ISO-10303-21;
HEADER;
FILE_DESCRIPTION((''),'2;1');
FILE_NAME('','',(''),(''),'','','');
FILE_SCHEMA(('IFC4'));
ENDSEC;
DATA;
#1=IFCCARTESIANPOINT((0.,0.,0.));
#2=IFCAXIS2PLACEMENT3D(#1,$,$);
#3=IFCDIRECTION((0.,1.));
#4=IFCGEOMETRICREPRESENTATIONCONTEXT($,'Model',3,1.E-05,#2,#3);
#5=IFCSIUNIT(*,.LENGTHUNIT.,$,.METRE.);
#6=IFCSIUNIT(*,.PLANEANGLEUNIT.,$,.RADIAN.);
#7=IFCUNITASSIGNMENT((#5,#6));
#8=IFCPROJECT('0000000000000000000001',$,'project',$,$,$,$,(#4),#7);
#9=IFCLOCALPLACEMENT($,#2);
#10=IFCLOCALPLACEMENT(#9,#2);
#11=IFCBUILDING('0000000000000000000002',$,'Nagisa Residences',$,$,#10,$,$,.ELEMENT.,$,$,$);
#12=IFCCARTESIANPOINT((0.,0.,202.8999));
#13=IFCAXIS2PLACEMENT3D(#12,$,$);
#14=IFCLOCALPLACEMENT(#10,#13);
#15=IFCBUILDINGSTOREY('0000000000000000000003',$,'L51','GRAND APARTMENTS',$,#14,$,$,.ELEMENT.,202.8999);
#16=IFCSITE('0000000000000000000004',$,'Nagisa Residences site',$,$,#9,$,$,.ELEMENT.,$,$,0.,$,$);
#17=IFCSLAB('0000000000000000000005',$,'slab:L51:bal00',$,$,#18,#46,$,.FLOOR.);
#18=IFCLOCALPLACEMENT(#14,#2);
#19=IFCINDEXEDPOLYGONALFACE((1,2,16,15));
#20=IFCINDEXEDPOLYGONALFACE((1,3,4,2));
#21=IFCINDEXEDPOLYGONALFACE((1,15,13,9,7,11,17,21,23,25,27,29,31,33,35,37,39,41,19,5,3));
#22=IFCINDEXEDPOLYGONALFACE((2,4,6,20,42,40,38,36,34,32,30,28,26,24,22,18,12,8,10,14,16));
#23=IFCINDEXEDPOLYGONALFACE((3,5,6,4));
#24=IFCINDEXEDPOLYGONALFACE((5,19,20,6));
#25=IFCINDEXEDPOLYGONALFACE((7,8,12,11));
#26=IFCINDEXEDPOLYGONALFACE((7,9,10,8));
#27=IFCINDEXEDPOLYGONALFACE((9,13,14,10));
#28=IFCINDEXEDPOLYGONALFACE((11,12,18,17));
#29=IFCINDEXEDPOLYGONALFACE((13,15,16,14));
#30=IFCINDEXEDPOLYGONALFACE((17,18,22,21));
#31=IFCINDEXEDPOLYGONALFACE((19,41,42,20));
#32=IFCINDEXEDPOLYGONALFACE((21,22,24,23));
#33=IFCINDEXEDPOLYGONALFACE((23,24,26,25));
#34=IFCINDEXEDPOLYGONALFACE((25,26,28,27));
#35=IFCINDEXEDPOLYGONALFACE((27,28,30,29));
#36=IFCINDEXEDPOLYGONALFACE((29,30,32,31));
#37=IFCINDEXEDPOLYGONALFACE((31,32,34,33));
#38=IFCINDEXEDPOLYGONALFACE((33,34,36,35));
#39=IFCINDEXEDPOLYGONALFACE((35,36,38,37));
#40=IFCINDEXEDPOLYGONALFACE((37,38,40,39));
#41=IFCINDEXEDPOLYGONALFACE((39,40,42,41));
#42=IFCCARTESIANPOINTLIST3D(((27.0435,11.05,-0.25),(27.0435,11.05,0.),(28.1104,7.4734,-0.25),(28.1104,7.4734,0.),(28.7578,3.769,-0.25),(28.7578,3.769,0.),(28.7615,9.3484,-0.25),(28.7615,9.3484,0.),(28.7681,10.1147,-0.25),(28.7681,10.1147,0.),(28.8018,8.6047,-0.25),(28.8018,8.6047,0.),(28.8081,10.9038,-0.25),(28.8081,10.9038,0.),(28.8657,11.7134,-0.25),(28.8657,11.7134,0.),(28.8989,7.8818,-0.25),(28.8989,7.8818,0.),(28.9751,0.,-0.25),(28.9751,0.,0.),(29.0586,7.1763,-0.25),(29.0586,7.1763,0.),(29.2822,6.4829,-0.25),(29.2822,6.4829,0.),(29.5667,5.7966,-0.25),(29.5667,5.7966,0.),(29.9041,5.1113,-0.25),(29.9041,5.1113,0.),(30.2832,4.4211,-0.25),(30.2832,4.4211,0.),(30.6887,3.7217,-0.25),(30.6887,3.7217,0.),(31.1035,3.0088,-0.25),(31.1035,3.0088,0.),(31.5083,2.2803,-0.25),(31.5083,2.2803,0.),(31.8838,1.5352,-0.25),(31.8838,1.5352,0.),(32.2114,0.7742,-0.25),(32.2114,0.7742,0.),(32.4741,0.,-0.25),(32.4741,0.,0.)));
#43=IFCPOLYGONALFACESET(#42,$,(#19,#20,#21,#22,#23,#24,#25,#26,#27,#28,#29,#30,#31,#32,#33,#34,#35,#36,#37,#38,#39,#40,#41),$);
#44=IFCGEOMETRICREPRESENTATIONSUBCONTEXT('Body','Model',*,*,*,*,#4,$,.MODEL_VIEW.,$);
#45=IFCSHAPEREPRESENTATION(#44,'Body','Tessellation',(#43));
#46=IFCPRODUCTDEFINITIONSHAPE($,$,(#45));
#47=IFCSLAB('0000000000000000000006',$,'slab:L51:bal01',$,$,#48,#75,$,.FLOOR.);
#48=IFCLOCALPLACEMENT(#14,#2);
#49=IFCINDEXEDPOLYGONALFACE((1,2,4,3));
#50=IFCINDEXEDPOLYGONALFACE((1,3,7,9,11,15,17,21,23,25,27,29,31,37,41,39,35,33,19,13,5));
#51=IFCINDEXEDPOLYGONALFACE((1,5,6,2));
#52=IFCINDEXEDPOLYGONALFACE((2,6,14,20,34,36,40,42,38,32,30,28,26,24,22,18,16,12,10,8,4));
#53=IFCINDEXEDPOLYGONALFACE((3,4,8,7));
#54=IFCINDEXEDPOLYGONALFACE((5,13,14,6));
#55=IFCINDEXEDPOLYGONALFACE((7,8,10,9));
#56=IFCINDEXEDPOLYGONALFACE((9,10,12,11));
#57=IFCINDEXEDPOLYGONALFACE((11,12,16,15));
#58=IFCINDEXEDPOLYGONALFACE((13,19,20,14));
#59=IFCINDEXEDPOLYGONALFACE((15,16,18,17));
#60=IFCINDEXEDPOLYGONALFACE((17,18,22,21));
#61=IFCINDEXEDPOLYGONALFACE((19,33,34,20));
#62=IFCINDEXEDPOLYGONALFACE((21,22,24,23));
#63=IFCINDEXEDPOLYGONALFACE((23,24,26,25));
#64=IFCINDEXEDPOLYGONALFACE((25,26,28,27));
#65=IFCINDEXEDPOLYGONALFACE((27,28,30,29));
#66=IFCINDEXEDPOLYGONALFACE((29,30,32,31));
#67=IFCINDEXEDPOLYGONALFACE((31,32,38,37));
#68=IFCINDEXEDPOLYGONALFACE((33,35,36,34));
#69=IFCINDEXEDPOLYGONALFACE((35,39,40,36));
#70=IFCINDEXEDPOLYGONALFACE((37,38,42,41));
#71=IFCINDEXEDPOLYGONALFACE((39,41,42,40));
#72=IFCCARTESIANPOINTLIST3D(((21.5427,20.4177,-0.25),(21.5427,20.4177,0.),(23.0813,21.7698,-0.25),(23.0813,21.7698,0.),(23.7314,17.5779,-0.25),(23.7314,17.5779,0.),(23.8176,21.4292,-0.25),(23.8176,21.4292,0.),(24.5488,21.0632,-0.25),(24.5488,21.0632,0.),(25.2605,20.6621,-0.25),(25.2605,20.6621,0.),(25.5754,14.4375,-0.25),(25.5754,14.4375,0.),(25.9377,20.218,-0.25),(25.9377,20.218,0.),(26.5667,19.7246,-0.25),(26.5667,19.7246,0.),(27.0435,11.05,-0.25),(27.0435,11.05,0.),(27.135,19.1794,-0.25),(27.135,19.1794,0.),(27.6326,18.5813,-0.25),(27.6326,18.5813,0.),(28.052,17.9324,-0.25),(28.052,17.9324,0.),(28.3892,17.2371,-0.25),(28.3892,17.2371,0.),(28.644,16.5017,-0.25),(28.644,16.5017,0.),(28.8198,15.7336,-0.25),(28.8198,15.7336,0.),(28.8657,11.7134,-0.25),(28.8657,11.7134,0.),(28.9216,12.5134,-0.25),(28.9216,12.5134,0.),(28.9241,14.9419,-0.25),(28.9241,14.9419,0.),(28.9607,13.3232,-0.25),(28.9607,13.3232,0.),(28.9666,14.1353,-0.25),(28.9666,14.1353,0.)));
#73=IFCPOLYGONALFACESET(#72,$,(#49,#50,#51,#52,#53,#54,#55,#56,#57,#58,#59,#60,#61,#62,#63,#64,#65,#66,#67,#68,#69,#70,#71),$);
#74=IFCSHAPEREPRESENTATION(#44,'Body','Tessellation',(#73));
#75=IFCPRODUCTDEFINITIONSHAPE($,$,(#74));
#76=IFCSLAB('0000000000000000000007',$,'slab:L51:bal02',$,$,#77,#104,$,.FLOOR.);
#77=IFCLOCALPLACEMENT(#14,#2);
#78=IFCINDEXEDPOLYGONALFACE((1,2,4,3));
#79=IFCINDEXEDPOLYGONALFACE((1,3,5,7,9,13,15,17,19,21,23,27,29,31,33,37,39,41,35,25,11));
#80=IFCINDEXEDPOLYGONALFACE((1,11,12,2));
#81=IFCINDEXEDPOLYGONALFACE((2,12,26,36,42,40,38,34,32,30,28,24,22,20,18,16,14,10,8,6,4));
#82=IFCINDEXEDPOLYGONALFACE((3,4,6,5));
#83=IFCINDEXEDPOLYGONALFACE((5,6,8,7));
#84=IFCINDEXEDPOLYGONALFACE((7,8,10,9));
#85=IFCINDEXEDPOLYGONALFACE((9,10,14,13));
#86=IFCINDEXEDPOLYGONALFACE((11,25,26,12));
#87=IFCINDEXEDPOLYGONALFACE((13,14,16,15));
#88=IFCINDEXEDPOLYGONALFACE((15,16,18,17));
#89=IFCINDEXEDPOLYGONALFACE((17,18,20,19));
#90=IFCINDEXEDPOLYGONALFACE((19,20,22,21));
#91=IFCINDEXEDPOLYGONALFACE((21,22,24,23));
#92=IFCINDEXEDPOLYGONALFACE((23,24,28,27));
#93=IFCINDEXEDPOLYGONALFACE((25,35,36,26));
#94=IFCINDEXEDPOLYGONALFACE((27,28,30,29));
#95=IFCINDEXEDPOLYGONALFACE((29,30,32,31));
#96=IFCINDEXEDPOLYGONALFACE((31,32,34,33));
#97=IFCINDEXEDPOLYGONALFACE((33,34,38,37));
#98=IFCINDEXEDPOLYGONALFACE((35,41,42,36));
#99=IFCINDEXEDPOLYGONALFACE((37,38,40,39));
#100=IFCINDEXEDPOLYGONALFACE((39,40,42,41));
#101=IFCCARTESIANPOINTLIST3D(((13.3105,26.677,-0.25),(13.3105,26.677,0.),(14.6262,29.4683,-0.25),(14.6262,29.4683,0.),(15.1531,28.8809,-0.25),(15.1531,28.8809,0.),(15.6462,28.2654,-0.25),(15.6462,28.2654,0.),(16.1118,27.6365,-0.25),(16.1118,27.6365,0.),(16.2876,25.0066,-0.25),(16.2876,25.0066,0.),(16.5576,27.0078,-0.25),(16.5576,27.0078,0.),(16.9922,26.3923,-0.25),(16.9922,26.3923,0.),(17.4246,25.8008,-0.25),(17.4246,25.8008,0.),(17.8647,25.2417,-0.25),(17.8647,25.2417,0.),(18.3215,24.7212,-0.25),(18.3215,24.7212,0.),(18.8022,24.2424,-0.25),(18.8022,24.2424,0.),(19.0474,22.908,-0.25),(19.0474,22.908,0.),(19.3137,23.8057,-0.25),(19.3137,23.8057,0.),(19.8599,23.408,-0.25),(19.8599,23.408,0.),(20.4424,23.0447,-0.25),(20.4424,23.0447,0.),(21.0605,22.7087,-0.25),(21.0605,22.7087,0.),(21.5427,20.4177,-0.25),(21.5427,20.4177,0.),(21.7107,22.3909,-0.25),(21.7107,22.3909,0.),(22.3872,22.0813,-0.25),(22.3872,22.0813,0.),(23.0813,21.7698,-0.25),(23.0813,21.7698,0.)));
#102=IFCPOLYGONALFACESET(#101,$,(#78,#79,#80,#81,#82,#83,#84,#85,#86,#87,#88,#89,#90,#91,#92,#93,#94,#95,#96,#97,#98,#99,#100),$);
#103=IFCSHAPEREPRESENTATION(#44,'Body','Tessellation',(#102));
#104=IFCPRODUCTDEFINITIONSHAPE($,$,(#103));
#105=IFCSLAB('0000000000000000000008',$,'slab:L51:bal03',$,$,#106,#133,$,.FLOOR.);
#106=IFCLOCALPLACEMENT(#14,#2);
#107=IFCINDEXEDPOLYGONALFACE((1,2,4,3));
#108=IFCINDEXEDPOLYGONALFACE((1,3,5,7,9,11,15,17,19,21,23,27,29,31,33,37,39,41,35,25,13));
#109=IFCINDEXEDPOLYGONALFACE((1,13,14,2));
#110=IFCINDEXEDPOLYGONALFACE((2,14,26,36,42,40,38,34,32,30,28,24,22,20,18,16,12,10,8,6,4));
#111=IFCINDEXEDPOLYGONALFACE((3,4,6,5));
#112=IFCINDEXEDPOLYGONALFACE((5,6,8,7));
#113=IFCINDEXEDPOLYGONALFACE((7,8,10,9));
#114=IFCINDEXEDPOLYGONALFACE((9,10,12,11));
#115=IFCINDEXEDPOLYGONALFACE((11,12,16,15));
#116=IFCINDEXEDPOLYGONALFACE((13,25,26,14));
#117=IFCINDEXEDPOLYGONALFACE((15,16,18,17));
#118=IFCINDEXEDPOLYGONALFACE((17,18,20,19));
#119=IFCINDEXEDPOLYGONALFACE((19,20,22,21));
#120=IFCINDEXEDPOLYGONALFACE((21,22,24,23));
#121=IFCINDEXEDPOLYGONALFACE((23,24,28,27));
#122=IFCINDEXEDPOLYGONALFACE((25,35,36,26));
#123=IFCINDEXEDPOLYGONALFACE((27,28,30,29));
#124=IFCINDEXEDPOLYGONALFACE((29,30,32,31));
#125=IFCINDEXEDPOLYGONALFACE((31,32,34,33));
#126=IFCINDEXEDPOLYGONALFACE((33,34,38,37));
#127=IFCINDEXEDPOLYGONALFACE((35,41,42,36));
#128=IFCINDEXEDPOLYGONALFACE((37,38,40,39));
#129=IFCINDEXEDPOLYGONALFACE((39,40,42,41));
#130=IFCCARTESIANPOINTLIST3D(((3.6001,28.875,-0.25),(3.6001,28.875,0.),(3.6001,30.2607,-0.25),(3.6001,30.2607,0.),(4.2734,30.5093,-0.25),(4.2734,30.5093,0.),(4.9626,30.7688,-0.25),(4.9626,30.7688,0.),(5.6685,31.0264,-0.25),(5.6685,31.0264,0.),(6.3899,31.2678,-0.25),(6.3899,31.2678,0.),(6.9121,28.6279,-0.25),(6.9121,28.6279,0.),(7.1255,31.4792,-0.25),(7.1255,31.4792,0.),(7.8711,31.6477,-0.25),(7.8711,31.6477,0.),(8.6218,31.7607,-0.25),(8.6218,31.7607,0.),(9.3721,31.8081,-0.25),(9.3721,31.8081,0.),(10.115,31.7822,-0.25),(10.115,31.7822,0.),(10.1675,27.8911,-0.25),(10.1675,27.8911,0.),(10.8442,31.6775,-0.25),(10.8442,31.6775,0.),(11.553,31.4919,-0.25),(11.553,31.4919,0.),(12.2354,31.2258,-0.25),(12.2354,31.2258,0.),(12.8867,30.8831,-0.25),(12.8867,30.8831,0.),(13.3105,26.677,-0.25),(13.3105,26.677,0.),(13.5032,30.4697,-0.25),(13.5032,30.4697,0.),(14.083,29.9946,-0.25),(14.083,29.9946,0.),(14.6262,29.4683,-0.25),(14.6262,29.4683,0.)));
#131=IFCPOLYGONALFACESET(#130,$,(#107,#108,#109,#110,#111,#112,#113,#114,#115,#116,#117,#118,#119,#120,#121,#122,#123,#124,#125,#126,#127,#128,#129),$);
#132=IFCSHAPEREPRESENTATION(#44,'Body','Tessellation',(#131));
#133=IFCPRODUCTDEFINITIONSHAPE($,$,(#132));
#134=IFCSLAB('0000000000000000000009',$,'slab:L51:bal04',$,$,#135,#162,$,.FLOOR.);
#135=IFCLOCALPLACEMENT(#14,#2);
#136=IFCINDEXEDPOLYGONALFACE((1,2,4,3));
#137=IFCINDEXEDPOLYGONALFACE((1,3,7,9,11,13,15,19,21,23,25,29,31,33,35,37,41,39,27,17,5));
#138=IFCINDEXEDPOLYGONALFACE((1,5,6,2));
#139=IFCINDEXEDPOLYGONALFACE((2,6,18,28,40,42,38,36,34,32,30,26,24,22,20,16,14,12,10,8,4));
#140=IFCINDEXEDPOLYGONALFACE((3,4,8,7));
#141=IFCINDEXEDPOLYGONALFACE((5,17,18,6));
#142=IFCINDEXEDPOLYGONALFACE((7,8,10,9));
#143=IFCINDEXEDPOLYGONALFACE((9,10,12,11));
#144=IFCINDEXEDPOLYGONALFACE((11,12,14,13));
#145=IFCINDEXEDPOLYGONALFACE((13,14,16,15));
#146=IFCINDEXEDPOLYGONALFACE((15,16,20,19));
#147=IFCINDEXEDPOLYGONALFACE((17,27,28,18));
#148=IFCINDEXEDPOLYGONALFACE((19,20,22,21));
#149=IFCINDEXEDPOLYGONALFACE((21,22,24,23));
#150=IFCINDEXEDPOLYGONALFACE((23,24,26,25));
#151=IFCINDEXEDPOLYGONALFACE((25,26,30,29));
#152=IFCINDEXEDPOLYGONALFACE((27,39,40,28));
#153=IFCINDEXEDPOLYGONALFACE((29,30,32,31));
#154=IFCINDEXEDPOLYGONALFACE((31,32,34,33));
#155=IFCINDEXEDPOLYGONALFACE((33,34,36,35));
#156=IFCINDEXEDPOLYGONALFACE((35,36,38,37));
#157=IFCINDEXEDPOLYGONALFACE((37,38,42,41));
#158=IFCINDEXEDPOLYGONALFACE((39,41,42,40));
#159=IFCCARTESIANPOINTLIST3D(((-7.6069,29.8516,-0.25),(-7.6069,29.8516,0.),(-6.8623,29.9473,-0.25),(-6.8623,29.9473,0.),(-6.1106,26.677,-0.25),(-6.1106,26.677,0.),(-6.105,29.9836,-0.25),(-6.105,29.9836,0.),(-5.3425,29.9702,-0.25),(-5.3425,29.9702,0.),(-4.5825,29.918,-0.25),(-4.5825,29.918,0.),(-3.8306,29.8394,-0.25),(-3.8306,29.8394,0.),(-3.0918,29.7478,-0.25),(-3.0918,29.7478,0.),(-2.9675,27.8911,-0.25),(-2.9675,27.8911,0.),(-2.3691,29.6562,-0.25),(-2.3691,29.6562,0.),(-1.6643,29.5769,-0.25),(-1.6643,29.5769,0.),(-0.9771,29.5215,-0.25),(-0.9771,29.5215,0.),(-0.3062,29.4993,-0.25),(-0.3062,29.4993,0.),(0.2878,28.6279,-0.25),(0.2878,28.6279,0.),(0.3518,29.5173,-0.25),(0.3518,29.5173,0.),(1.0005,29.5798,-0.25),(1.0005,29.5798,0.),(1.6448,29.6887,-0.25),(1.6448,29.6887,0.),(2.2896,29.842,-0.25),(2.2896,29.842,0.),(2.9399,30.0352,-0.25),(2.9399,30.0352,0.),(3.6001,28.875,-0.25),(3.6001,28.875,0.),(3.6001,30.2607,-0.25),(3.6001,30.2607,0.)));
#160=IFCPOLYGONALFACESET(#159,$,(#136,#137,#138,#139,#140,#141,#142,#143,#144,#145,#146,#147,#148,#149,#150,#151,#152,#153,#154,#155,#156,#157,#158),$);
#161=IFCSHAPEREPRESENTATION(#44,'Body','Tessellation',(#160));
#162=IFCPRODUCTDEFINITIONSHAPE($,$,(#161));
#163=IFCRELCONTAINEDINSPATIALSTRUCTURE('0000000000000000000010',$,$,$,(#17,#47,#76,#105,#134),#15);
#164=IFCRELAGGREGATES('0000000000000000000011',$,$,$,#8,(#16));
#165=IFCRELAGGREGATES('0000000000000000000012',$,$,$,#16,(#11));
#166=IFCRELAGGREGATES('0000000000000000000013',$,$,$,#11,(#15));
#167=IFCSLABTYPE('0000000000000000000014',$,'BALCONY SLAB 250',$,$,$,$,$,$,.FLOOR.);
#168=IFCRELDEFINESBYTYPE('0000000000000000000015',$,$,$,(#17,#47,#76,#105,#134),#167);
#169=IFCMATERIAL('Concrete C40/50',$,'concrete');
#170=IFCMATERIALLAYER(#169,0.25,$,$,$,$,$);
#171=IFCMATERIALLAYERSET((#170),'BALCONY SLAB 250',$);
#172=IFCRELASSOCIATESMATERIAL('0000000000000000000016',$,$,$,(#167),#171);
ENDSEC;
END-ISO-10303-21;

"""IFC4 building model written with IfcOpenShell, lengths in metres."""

from ifc_helpers import new_model, si_unit, direction, frame, origin, place, context, subcontext, project, spatial, polyline, outline, extrude, material, layer, layer_set, type_object, element, save


model = new_model("IFC4")

# Units and contexts
model_context = context("Model", 3, precision=1e-05, world=origin(), true_north=direction((0.0, 1.0)))
body_context = subcontext(model_context, "Body", "Model", "MODEL_VIEW")
ifc_project = project(units=[si_unit("LENGTHUNIT", "METRE"), si_unit("PLANEANGLEUNIT", "RADIAN")], contexts=[model_context])

# Site, building, storey
site_placement = place(None, origin())
site = spatial("IfcSite", under=ifc_project, at=site_placement, Name="Nagisa Residences site", CompositionType="ELEMENT", RefElevation=0.0)
building_placement = place(site_placement, origin())
building = spatial("IfcBuilding", under=site, at=building_placement, Name="Nagisa Residences", CompositionType="ELEMENT")
storey_placement = place(building_placement, frame((0.0, 0.0, 202.8999)))
storey = spatial("IfcBuildingStorey", under=building, at=storey_placement, Name="L51", Description="GRAND APARTMENTS", CompositionType="ELEMENT", Elevation=202.8999)

# Slabs
ifc_material_1 = material(Name="Concrete C40/50", Category="concrete")
ifc_layer_1 = layer(ifc_material_1, 0.25)
ifc_layer_set_1 = layer_set([ifc_layer_1], Name="BALCONY SLAB 250")
slab_type_1 = type_object("IfcSlabType", Name="BALCONY SLAB 250", PredefinedType="FLOOR", material=ifc_layer_set_1)
slab_1_placement = place(storey_placement, frame((0.0, 0.0, -0.25)))
element("IfcSlab", 1, at=slab_1_placement, inside=storey, type_object=slab_type_1, Name="slab:L51:bal00", PredefinedType="FLOOR", context=body_context, shape_type="SweptSolid", body=[
    extrude(outline(polyline([(32.4741, 0.0), (32.2114, 0.7742), (31.8838, 1.5352), (31.5083, 2.2803), (31.1035, 3.0088), (30.6887, 3.7217), (30.2832, 4.4211), (29.9041, 5.1113), (29.5667, 5.7966), (29.2822, 6.4829), (29.0586, 7.1763), (28.8989, 7.8818), (28.8018, 8.6047), (28.7615, 9.3484), (28.7681, 10.1147), (28.8081, 10.9038), (28.8657, 11.7134), (27.0435, 11.05), (28.1104, 7.4734), (28.7578, 3.769), (28.9751, 0.0), (32.4741, 0.0)])), origin(), (0.0, 0.0, 1.0), 0.25),
])
slab_2_placement = place(storey_placement, frame((0.0, 0.0, -0.25)))
element("IfcSlab", 2, at=slab_2_placement, inside=storey, type_object=slab_type_1, Name="slab:L51:bal01", PredefinedType="FLOOR", context=body_context, shape_type="SweptSolid", body=[
    extrude(outline(polyline([(28.8657, 11.7134), (28.9216, 12.5134), (28.9607, 13.3232), (28.9666, 14.1353), (28.9241, 14.9419), (28.8198, 15.7336), (28.644, 16.5017), (28.3892, 17.2371), (28.052, 17.9324), (27.6326, 18.5813), (27.135, 19.1794), (26.5667, 19.7246), (25.9377, 20.218), (25.2605, 20.6621), (24.5488, 21.0632), (23.8176, 21.4292), (23.0813, 21.7698), (21.5427, 20.4177), (23.7314, 17.5779), (25.5754, 14.4375), (27.0435, 11.05), (28.8657, 11.7134)])), origin(), (0.0, 0.0, 1.0), 0.25),
])
slab_3_placement = place(storey_placement, frame((0.0, 0.0, -0.25)))
element("IfcSlab", 3, at=slab_3_placement, inside=storey, type_object=slab_type_1, Name="slab:L51:bal02", PredefinedType="FLOOR", context=body_context, shape_type="SweptSolid", body=[
    extrude(outline(polyline([(23.0813, 21.7698), (22.3872, 22.0813), (21.7107, 22.3909), (21.0605, 22.7087), (20.4424, 23.0447), (19.8599, 23.408), (19.3137, 23.8057), (18.8022, 24.2424), (18.3215, 24.7212), (17.8647, 25.2417), (17.4246, 25.8008), (16.9922, 26.3923), (16.5576, 27.0078), (16.1118, 27.6365), (15.6462, 28.2654), (15.1531, 28.8809), (14.6262, 29.4683), (13.3105, 26.677), (16.2876, 25.0066), (19.0474, 22.908), (21.5427, 20.4177), (23.0813, 21.7698)])), origin(), (0.0, 0.0, 1.0), 0.25),
])
slab_4_placement = place(storey_placement, frame((0.0, 0.0, -0.25)))
element("IfcSlab", 4, at=slab_4_placement, inside=storey, type_object=slab_type_1, Name="slab:L51:bal03", PredefinedType="FLOOR", context=body_context, shape_type="SweptSolid", body=[
    extrude(outline(polyline([(14.6262, 29.4683), (14.083, 29.9946), (13.5032, 30.4697), (12.8867, 30.8831), (12.2354, 31.2258), (11.553, 31.4919), (10.8442, 31.6775), (10.115, 31.7822), (9.3721, 31.8081), (8.6218, 31.7607), (7.8711, 31.6477), (7.1255, 31.4792), (6.3899, 31.2678), (5.6685, 31.0264), (4.9626, 30.7688), (4.2734, 30.5093), (3.6001, 30.2607), (3.6001, 28.875), (6.9121, 28.6279), (10.1675, 27.8911), (13.3105, 26.677), (14.6262, 29.4683)])), origin(), (0.0, 0.0, 1.0), 0.25),
])
slab_5_placement = place(storey_placement, frame((0.0, 0.0, -0.25)))
element("IfcSlab", 5, at=slab_5_placement, inside=storey, type_object=slab_type_1, Name="slab:L51:bal04", PredefinedType="FLOOR", context=body_context, shape_type="SweptSolid", body=[
    extrude(outline(polyline([(3.6001, 30.2607), (2.9399, 30.0352), (2.2896, 29.842), (1.6448, 29.6887), (1.0005, 29.5798), (0.3518, 29.5173), (-0.3062, 29.4993), (-0.9771, 29.5215), (-1.6643, 29.5769), (-2.3691, 29.6562), (-3.0918, 29.7478), (-3.8306, 29.8394), (-4.5825, 29.918), (-5.3425, 29.9702), (-6.105, 29.9836), (-6.8623, 29.9473), (-7.6069, 29.8516), (-6.1106, 26.677), (-2.9675, 27.8911), (0.2878, 28.6279), (3.6001, 28.875), (3.6001, 30.2607)])), origin(), (0.0, 0.0, 1.0), 0.25),
])

save(model, "model.ifc")
